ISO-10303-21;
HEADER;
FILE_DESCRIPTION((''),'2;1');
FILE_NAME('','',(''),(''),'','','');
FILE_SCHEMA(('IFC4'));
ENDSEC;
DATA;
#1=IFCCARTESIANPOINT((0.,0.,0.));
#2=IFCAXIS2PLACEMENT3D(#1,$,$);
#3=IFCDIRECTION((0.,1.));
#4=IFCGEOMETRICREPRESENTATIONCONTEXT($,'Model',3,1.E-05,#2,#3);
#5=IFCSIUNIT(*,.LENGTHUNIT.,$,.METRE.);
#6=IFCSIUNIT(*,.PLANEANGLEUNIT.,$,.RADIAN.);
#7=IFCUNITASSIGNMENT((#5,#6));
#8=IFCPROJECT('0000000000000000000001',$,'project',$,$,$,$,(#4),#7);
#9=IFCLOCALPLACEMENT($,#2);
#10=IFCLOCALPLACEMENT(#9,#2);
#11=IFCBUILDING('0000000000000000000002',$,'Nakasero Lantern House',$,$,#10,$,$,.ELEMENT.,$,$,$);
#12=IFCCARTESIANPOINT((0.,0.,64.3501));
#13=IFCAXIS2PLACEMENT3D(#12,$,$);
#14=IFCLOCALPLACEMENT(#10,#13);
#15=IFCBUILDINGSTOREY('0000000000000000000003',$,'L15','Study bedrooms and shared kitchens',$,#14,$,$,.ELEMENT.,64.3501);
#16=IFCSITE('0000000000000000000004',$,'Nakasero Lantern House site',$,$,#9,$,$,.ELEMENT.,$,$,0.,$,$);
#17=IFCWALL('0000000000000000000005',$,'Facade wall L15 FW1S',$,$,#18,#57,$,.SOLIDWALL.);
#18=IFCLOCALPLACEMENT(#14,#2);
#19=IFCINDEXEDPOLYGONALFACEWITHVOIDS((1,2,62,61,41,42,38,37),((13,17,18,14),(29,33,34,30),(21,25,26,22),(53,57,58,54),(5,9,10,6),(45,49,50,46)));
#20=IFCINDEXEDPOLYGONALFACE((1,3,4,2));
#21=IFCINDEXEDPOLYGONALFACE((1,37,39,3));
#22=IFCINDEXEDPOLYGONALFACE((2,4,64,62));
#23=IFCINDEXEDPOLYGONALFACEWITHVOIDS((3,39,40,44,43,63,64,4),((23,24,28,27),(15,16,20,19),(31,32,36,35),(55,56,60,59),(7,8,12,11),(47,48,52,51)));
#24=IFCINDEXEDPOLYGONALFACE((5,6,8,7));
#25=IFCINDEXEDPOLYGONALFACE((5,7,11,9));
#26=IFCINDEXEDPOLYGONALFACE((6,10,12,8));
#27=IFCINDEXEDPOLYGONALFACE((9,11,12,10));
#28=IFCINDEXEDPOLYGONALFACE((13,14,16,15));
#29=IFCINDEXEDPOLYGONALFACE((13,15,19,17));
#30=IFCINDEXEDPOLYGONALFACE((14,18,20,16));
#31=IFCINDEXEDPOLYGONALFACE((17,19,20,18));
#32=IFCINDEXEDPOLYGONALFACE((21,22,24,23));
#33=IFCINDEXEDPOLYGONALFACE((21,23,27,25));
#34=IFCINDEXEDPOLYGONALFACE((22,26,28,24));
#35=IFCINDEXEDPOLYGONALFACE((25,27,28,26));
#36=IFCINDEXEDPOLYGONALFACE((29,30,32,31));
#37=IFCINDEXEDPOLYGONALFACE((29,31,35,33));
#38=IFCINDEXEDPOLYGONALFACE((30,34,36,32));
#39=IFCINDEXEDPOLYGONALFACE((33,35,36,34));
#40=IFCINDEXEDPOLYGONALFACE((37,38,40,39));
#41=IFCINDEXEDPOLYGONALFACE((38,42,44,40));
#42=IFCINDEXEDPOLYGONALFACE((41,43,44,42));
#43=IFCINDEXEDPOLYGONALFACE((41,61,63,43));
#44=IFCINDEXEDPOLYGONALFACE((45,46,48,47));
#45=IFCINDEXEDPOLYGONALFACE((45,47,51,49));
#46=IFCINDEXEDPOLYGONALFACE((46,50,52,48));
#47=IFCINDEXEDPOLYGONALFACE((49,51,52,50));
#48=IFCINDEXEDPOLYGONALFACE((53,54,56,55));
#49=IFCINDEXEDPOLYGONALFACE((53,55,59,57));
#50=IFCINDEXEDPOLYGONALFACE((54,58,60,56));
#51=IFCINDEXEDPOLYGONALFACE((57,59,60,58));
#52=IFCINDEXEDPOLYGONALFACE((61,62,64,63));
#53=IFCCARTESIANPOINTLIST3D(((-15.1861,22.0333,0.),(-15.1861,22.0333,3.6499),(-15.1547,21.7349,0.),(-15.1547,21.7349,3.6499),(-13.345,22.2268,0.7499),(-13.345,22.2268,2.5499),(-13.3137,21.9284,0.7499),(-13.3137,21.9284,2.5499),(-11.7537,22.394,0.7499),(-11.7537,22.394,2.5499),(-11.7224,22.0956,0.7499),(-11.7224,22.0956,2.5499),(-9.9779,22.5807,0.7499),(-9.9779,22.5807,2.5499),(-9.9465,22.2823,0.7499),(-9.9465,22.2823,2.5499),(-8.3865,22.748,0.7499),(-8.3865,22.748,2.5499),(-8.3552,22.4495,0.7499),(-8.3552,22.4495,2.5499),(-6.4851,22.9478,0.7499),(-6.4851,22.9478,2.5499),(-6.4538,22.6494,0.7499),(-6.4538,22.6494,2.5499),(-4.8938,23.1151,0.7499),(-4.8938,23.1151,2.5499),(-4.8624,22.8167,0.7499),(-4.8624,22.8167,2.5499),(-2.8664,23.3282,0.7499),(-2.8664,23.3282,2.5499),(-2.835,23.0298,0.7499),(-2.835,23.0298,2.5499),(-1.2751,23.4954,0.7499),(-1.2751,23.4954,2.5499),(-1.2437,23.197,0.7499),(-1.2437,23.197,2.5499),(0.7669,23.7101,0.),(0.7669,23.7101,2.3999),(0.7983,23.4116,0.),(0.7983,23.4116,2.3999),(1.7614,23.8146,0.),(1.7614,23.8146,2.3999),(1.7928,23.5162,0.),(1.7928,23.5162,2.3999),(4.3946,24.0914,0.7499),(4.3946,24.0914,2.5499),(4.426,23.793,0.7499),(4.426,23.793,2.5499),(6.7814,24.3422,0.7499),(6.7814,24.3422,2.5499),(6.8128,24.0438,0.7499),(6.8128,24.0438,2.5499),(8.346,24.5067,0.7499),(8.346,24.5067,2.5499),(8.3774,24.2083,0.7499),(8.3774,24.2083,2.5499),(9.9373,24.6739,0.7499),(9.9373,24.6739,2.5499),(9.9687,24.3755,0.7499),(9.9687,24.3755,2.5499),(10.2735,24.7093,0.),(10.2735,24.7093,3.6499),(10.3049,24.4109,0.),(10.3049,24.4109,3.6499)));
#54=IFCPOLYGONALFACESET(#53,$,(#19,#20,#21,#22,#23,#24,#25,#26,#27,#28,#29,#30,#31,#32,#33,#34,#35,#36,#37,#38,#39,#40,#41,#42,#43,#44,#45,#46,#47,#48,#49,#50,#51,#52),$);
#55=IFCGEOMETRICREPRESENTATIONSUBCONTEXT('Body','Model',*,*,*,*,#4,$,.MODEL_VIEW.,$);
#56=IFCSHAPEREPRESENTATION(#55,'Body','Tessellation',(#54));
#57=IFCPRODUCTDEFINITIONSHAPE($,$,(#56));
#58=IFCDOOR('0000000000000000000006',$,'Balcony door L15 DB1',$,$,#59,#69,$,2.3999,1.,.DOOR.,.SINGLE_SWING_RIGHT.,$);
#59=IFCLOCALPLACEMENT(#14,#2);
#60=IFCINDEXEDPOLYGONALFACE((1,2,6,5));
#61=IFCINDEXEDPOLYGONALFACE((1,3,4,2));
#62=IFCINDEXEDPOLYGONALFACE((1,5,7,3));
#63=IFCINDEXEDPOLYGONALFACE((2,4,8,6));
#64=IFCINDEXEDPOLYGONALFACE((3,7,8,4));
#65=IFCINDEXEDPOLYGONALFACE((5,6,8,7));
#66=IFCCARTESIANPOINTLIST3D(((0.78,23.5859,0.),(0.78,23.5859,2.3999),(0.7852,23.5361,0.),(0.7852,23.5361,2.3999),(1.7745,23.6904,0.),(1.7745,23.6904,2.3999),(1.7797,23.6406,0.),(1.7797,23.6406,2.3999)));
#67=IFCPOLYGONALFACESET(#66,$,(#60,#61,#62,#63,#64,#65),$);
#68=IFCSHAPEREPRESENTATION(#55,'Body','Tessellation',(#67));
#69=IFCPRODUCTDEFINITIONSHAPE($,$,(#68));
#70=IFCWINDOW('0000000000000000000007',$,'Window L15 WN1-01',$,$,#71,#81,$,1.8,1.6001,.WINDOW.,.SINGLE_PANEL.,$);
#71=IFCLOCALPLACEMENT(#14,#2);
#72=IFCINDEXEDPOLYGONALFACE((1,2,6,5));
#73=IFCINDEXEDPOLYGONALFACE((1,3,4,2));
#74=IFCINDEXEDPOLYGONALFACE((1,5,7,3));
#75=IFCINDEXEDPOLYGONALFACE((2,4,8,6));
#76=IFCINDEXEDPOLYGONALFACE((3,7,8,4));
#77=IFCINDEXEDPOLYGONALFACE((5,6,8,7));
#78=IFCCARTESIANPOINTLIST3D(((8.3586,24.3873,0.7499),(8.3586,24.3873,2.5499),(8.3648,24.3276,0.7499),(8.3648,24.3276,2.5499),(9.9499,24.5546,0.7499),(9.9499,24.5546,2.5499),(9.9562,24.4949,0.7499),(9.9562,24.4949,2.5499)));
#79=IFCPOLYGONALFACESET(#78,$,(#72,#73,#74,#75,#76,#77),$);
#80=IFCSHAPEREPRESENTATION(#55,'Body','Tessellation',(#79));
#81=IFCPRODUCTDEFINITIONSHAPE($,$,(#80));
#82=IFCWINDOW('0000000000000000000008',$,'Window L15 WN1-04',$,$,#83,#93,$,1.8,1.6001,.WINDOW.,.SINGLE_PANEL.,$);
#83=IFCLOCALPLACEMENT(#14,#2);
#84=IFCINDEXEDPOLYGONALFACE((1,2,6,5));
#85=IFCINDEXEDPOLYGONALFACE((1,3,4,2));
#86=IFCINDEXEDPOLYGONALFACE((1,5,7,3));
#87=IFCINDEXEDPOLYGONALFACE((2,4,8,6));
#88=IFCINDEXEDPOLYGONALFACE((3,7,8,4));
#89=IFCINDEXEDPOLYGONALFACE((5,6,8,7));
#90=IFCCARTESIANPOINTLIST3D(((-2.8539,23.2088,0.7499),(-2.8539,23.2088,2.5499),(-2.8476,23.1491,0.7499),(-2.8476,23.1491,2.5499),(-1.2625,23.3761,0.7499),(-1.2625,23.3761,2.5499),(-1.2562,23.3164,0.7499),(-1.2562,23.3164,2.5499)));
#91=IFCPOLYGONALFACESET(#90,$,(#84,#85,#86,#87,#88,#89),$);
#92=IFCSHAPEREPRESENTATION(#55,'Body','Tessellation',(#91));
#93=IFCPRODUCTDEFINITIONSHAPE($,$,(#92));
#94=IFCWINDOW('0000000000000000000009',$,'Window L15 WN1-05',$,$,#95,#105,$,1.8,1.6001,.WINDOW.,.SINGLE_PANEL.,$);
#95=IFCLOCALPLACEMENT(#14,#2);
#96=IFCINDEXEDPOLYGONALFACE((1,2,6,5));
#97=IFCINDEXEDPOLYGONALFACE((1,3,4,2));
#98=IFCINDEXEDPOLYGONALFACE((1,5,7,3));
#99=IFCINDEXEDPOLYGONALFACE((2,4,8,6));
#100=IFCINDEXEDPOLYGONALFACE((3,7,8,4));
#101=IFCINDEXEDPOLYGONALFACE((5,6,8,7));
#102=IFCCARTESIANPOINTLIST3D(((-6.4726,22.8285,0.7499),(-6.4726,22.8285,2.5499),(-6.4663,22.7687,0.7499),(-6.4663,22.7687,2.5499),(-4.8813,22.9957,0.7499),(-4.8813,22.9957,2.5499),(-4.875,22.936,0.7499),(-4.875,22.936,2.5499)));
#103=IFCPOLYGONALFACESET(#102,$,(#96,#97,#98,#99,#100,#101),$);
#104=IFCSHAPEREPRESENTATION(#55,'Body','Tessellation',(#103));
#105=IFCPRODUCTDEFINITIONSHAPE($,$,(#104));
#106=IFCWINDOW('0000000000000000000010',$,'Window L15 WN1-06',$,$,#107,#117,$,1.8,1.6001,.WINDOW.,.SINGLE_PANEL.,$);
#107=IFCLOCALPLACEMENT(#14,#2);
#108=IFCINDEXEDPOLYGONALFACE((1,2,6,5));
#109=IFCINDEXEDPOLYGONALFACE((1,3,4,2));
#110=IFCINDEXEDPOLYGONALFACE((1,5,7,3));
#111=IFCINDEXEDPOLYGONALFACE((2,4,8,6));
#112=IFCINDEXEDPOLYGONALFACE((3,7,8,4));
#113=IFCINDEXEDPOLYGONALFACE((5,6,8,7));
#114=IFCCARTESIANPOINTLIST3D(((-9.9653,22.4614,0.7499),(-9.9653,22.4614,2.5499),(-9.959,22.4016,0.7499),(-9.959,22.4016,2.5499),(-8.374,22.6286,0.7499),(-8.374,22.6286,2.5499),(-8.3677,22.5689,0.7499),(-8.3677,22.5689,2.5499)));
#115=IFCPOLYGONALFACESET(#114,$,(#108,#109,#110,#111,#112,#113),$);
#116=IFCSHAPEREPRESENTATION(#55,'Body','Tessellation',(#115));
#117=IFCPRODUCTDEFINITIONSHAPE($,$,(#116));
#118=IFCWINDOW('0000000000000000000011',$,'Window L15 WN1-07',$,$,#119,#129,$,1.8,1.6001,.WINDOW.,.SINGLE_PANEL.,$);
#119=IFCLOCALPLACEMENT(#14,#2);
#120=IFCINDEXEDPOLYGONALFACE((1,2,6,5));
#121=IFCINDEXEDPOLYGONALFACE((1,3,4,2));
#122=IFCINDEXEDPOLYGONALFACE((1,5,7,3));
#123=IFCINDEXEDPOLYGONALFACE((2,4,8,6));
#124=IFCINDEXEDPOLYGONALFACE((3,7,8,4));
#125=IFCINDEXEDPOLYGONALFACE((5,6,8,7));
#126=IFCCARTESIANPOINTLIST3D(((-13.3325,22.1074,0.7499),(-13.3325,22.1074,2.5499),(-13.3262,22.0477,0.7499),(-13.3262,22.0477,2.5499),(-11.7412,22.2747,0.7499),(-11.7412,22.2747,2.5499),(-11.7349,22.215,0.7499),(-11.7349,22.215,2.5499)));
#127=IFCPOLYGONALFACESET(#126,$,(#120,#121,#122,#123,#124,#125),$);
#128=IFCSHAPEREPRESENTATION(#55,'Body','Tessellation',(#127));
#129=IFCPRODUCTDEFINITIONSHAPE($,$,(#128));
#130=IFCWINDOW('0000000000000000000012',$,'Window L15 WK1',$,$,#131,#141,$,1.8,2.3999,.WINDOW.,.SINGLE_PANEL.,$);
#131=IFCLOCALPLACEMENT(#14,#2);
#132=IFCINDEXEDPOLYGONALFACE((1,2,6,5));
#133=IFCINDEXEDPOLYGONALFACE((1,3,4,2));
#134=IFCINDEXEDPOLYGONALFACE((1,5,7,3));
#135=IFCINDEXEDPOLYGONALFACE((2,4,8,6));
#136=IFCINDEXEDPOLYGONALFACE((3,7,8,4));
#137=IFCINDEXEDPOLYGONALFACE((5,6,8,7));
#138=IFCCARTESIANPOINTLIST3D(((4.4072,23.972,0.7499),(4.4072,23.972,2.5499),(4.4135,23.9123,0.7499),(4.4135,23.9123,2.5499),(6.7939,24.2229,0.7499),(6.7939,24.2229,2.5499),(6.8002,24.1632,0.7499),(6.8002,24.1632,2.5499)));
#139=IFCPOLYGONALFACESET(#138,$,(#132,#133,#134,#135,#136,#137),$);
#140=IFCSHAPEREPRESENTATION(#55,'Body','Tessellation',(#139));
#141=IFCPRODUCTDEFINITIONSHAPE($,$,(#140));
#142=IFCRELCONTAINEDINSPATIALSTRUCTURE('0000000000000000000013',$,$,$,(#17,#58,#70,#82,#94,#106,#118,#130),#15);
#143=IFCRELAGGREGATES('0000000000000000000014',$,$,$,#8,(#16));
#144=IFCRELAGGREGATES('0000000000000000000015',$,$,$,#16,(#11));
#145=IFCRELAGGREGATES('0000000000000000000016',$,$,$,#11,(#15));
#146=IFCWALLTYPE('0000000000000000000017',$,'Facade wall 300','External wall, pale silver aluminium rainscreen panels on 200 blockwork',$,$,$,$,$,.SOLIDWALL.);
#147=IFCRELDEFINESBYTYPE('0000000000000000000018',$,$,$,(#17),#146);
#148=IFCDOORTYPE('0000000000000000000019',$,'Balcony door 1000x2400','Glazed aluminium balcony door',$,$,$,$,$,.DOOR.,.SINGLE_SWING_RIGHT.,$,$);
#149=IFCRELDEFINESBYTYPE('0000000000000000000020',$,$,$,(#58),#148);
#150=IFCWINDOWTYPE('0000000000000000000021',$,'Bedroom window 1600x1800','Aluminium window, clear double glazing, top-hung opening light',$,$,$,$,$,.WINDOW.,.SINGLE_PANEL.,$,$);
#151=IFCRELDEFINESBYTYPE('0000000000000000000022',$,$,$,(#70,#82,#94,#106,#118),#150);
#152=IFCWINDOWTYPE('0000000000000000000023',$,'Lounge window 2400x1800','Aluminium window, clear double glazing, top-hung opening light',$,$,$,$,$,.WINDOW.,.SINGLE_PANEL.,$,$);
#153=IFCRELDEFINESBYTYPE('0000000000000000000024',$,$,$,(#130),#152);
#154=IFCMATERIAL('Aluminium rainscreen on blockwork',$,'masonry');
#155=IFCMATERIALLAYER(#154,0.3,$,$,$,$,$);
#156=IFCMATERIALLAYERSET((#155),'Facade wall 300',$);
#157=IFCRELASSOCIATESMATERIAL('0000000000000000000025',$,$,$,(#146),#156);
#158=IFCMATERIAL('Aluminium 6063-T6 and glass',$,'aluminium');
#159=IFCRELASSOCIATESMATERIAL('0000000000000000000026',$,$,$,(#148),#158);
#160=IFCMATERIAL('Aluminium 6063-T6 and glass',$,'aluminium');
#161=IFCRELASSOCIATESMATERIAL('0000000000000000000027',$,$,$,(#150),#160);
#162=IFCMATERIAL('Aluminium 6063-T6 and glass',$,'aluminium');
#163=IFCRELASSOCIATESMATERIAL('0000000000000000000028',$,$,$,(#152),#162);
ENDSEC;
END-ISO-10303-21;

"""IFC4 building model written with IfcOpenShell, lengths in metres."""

from ifc_helpers import new_model, si_unit, direction, frame, frame_2d, origin, place, context, subcontext, project, spatial, rectangle, extrude, material, layer, layer_set, type_object, element, fill, save


model = new_model("IFC4")

# Units and contexts
model_context = context("Model", 3, precision=1e-05, world=origin(), true_north=direction((0.0, 1.0)))
body_context = subcontext(model_context, "Body", "Model", "MODEL_VIEW")
ifc_project = project(units=[si_unit("LENGTHUNIT", "METRE"), si_unit("PLANEANGLEUNIT", "RADIAN")], contexts=[model_context])

# Site, building, storey
site_placement = place(None, origin())
site = spatial("IfcSite", under=ifc_project, at=site_placement, Name="Nakasero Lantern House site", CompositionType="ELEMENT", RefElevation=0.0)
building_placement = place(site_placement, origin())
building = spatial("IfcBuilding", under=site, at=building_placement, Name="Nakasero Lantern House", CompositionType="ELEMENT")
storey_placement = place(building_placement, frame((0.0, 0.0, 64.3501)))
storey = spatial("IfcBuildingStorey", under=building, at=storey_placement, Name="L15", Description="Study bedrooms and shared kitchens", CompositionType="ELEMENT", Elevation=64.3501)

# Wall, openings, door, windows
ifc_material_1 = material(Name="Aluminium rainscreen on blockwork", Category="masonry")
ifc_layer_1 = layer(ifc_material_1, 0.3)
ifc_layer_set_1 = layer_set([ifc_layer_1], Name="Facade wall 300")
wall_type_1 = type_object("IfcWallType", Name="Facade wall 300", Description="External wall, pale silver aluminium rainscreen panels on 200 blockwork", PredefinedType="SOLIDWALL", material=ifc_layer_set_1)
wall_1_placement = place(storey_placement, frame((10.2891, 24.5601, 0.0), z_axis=(0.0, 0.0, 1.0), x_axis=(-0.994521, -0.104532, 0.0)))
wall_1 = element("IfcWall", 1, at=wall_1_placement, inside=storey, type_object=wall_type_1, Name="Facade wall L15 FW1S", PredefinedType="SOLIDWALL", context=body_context, shape_type="SweptSolid", body=[
    extrude(rectangle(XDim=25.5999, YDim=0.3, at=frame_2d((12.7998, 0.0))), origin(), (0.0, 0.0, 1.0), 3.6499),
])
opening_1_placement = place(wall_1_placement, frame((0.3379, 0.0, 0.75)))
opening_1 = element("IfcOpeningElement", 2, at=opening_1_placement, cuts=wall_1, PredefinedType="OPENING", context=body_context, shape_type="SweptSolid", body=[
    extrude(rectangle(XDim=1.6001, YDim=1.8, at=frame_2d((0.8, 0.8999))), frame((0.0, 0.1699, 0.0), z_axis=(0.0, -1.0, 0.0), x_axis=(1.0, 0.0, 0.0)), (0.0, 0.0, 1.0), 0.3401),
])
opening_2_placement = place(wall_1_placement, frame((11.6121, 0.0, 0.75)))
opening_2 = element("IfcOpeningElement", 3, at=opening_2_placement, cuts=wall_1, PredefinedType="OPENING", context=body_context, shape_type="SweptSolid", body=[
    extrude(rectangle(XDim=1.6001, YDim=1.8, at=frame_2d((0.8, 0.8999))), frame((0.0, 0.1699, 0.0), z_axis=(0.0, -1.0, 0.0), x_axis=(1.0, 0.0, 0.0)), (0.0, 0.0, 1.0), 0.3401),
])
opening_3_placement = place(wall_1_placement, frame((15.2507, 0.0, 0.75)))
opening_3 = element("IfcOpeningElement", 4, at=opening_3_placement, cuts=wall_1, PredefinedType="OPENING", context=body_context, shape_type="SweptSolid", body=[
    extrude(rectangle(XDim=1.6001, YDim=1.8, at=frame_2d((0.8, 0.8999))), frame((0.0, 0.1699, 0.0), z_axis=(0.0, -1.0, 0.0), x_axis=(1.0, 0.0, 0.0)), (0.0, 0.0, 1.0), 0.3401),
])
opening_4_placement = place(wall_1_placement, frame((18.7627, 0.0, 0.75)))
opening_4 = element("IfcOpeningElement", 5, at=opening_4_placement, cuts=wall_1, PredefinedType="OPENING", context=body_context, shape_type="SweptSolid", body=[
    extrude(rectangle(XDim=1.6001, YDim=1.8, at=frame_2d((0.8, 0.8999))), frame((0.0, 0.1699, 0.0), z_axis=(0.0, -1.0, 0.0), x_axis=(1.0, 0.0, 0.0)), (0.0, 0.0, 1.0), 0.3401),
])
opening_5_placement = place(wall_1_placement, frame((22.1484, 0.0, 0.75)))
opening_5 = element("IfcOpeningElement", 6, at=opening_5_placement, cuts=wall_1, PredefinedType="OPENING", context=body_context, shape_type="SweptSolid", body=[
    extrude(rectangle(XDim=1.6001, YDim=1.8, at=frame_2d((0.8, 0.8999))), frame((0.0, 0.1699, 0.0), z_axis=(0.0, -1.0, 0.0), x_axis=(1.0, 0.0, 0.0)), (0.0, 0.0, 1.0), 0.3401),
])
opening_6_placement = place(wall_1_placement, frame((3.5112, 0.0, 0.75)))
opening_6 = element("IfcOpeningElement", 7, at=opening_6_placement, cuts=wall_1, PredefinedType="OPENING", context=body_context, shape_type="SweptSolid", body=[
    extrude(rectangle(XDim=2.3999, YDim=1.8, at=frame_2d((1.2, 0.8999))), frame((0.0, 0.1699, 0.0), z_axis=(0.0, -1.0, 0.0), x_axis=(1.0, 0.0, 0.0)), (0.0, 0.0, 1.0), 0.3401),
])
opening_7_placement = place(wall_1_placement, frame((8.5588, 0.0, 0.0)))
opening_7 = element("IfcOpeningElement", 8, at=opening_7_placement, cuts=wall_1, PredefinedType="OPENING", context=body_context, shape_type="SweptSolid", body=[
    extrude(rectangle(XDim=1.0, YDim=2.3999, at=frame_2d((0.5, 1.2))), frame((0.0, 0.1699, 0.0), z_axis=(0.0, -1.0, 0.0), x_axis=(1.0, 0.0, 0.0)), (0.0, 0.0, 1.0), 0.3401),
])
ifc_material_2 = material(Name="Aluminium 6063-T6 and glass", Category="aluminium")
door_type = type_object("IfcDoorType", Name="Balcony door 1000x2400", Description="Glazed aluminium balcony door", OperationType="SINGLE_SWING_RIGHT", PredefinedType="DOOR", material=ifc_material_2)
door_placement = place(opening_7_placement, origin())
door = element("IfcDoor", 9, at=door_placement, inside=storey, type_object=door_type, Name="Balcony door L15 DB1", OperationType="SINGLE_SWING_RIGHT", OverallHeight=2.3999, OverallWidth=1.0, PredefinedType="DOOR", context=body_context, shape_type="SweptSolid", body=[
    extrude(rectangle(XDim=1.0, YDim=2.3999, at=frame_2d((0.5, 1.2))), frame((0.0, 0.0249, 0.0), z_axis=(0.0, -1.0, 0.0), x_axis=(1.0, 0.0, 0.0)), (0.0, 0.0, 1.0), 0.05),
])
fill(opening_7, door)
ifc_material_3 = material(Name="Aluminium 6063-T6 and glass", Category="aluminium")
window_type_1 = type_object("IfcWindowType", Name="Bedroom window 1600x1800", Description="Aluminium window, clear double glazing, top-hung opening light", PartitioningType="SINGLE_PANEL", PredefinedType="WINDOW", material=ifc_material_3)
window_1_placement = place(opening_1_placement, origin())
window_1 = element("IfcWindow", 10, at=window_1_placement, inside=storey, type_object=window_type_1, Name="Window L15 WN1-01", OverallHeight=1.8, OverallWidth=1.6001, PartitioningType="SINGLE_PANEL", PredefinedType="WINDOW", context=body_context, shape_type="SweptSolid", body=[
    extrude(rectangle(XDim=1.6001, YDim=1.8, at=frame_2d((0.8, 0.8999))), frame((0.0, 0.03, 0.0), z_axis=(0.0, -1.0, 0.0), x_axis=(1.0, 0.0, 0.0)), (0.0, 0.0, 1.0), 0.0601),
])
fill(opening_1, window_1)
window_2_placement = place(opening_2_placement, origin())
window_2 = element("IfcWindow", 11, at=window_2_placement, inside=storey, type_object=window_type_1, Name="Window L15 WN1-04", OverallHeight=1.8, OverallWidth=1.6001, PartitioningType="SINGLE_PANEL", PredefinedType="WINDOW", context=body_context, shape_type="SweptSolid", body=[
    extrude(rectangle(XDim=1.6001, YDim=1.8, at=frame_2d((0.8, 0.8999))), frame((0.0, 0.03, 0.0), z_axis=(0.0, -1.0, 0.0), x_axis=(1.0, 0.0, 0.0)), (0.0, 0.0, 1.0), 0.0601),
])
fill(opening_2, window_2)
window_3_placement = place(opening_3_placement, origin())
window_3 = element("IfcWindow", 12, at=window_3_placement, inside=storey, type_object=window_type_1, Name="Window L15 WN1-05", OverallHeight=1.8, OverallWidth=1.6001, PartitioningType="SINGLE_PANEL", PredefinedType="WINDOW", context=body_context, shape_type="SweptSolid", body=[
    extrude(rectangle(XDim=1.6001, YDim=1.8, at=frame_2d((0.8, 0.8999))), frame((0.0, 0.03, 0.0), z_axis=(0.0, -1.0, 0.0), x_axis=(1.0, 0.0, 0.0)), (0.0, 0.0, 1.0), 0.0601),
])
fill(opening_3, window_3)
window_4_placement = place(opening_4_placement, origin())
window_4 = element("IfcWindow", 13, at=window_4_placement, inside=storey, type_object=window_type_1, Name="Window L15 WN1-06", OverallHeight=1.8, OverallWidth=1.6001, PartitioningType="SINGLE_PANEL", PredefinedType="WINDOW", context=body_context, shape_type="SweptSolid", body=[
    extrude(rectangle(XDim=1.6001, YDim=1.8, at=frame_2d((0.8, 0.8999))), frame((0.0, 0.03, 0.0), z_axis=(0.0, -1.0, 0.0), x_axis=(1.0, 0.0, 0.0)), (0.0, 0.0, 1.0), 0.0601),
])
fill(opening_4, window_4)
window_5_placement = place(opening_5_placement, origin())
window_5 = element("IfcWindow", 14, at=window_5_placement, inside=storey, type_object=window_type_1, Name="Window L15 WN1-07", OverallHeight=1.8, OverallWidth=1.6001, PartitioningType="SINGLE_PANEL", PredefinedType="WINDOW", context=body_context, shape_type="SweptSolid", body=[
    extrude(rectangle(XDim=1.6001, YDim=1.8, at=frame_2d((0.8, 0.8999))), frame((0.0, 0.03, 0.0), z_axis=(0.0, -1.0, 0.0), x_axis=(1.0, 0.0, 0.0)), (0.0, 0.0, 1.0), 0.0601),
])
fill(opening_5, window_5)
ifc_material_4 = material(Name="Aluminium 6063-T6 and glass", Category="aluminium")
window_type_2 = type_object("IfcWindowType", Name="Lounge window 2400x1800", Description="Aluminium window, clear double glazing, top-hung opening light", PartitioningType="SINGLE_PANEL", PredefinedType="WINDOW", material=ifc_material_4)
window_6_placement = place(opening_6_placement, origin())
window_6 = element("IfcWindow", 15, at=window_6_placement, inside=storey, type_object=window_type_2, Name="Window L15 WK1", OverallHeight=1.8, OverallWidth=2.3999, PartitioningType="SINGLE_PANEL", PredefinedType="WINDOW", context=body_context, shape_type="SweptSolid", body=[
    extrude(rectangle(XDim=2.3999, YDim=1.8, at=frame_2d((1.2, 0.8999))), frame((0.0, 0.03, 0.0), z_axis=(0.0, -1.0, 0.0), x_axis=(1.0, 0.0, 0.0)), (0.0, 0.0, 1.0), 0.0601),
])
fill(opening_6, window_6)

save(model, "model.ifc")
